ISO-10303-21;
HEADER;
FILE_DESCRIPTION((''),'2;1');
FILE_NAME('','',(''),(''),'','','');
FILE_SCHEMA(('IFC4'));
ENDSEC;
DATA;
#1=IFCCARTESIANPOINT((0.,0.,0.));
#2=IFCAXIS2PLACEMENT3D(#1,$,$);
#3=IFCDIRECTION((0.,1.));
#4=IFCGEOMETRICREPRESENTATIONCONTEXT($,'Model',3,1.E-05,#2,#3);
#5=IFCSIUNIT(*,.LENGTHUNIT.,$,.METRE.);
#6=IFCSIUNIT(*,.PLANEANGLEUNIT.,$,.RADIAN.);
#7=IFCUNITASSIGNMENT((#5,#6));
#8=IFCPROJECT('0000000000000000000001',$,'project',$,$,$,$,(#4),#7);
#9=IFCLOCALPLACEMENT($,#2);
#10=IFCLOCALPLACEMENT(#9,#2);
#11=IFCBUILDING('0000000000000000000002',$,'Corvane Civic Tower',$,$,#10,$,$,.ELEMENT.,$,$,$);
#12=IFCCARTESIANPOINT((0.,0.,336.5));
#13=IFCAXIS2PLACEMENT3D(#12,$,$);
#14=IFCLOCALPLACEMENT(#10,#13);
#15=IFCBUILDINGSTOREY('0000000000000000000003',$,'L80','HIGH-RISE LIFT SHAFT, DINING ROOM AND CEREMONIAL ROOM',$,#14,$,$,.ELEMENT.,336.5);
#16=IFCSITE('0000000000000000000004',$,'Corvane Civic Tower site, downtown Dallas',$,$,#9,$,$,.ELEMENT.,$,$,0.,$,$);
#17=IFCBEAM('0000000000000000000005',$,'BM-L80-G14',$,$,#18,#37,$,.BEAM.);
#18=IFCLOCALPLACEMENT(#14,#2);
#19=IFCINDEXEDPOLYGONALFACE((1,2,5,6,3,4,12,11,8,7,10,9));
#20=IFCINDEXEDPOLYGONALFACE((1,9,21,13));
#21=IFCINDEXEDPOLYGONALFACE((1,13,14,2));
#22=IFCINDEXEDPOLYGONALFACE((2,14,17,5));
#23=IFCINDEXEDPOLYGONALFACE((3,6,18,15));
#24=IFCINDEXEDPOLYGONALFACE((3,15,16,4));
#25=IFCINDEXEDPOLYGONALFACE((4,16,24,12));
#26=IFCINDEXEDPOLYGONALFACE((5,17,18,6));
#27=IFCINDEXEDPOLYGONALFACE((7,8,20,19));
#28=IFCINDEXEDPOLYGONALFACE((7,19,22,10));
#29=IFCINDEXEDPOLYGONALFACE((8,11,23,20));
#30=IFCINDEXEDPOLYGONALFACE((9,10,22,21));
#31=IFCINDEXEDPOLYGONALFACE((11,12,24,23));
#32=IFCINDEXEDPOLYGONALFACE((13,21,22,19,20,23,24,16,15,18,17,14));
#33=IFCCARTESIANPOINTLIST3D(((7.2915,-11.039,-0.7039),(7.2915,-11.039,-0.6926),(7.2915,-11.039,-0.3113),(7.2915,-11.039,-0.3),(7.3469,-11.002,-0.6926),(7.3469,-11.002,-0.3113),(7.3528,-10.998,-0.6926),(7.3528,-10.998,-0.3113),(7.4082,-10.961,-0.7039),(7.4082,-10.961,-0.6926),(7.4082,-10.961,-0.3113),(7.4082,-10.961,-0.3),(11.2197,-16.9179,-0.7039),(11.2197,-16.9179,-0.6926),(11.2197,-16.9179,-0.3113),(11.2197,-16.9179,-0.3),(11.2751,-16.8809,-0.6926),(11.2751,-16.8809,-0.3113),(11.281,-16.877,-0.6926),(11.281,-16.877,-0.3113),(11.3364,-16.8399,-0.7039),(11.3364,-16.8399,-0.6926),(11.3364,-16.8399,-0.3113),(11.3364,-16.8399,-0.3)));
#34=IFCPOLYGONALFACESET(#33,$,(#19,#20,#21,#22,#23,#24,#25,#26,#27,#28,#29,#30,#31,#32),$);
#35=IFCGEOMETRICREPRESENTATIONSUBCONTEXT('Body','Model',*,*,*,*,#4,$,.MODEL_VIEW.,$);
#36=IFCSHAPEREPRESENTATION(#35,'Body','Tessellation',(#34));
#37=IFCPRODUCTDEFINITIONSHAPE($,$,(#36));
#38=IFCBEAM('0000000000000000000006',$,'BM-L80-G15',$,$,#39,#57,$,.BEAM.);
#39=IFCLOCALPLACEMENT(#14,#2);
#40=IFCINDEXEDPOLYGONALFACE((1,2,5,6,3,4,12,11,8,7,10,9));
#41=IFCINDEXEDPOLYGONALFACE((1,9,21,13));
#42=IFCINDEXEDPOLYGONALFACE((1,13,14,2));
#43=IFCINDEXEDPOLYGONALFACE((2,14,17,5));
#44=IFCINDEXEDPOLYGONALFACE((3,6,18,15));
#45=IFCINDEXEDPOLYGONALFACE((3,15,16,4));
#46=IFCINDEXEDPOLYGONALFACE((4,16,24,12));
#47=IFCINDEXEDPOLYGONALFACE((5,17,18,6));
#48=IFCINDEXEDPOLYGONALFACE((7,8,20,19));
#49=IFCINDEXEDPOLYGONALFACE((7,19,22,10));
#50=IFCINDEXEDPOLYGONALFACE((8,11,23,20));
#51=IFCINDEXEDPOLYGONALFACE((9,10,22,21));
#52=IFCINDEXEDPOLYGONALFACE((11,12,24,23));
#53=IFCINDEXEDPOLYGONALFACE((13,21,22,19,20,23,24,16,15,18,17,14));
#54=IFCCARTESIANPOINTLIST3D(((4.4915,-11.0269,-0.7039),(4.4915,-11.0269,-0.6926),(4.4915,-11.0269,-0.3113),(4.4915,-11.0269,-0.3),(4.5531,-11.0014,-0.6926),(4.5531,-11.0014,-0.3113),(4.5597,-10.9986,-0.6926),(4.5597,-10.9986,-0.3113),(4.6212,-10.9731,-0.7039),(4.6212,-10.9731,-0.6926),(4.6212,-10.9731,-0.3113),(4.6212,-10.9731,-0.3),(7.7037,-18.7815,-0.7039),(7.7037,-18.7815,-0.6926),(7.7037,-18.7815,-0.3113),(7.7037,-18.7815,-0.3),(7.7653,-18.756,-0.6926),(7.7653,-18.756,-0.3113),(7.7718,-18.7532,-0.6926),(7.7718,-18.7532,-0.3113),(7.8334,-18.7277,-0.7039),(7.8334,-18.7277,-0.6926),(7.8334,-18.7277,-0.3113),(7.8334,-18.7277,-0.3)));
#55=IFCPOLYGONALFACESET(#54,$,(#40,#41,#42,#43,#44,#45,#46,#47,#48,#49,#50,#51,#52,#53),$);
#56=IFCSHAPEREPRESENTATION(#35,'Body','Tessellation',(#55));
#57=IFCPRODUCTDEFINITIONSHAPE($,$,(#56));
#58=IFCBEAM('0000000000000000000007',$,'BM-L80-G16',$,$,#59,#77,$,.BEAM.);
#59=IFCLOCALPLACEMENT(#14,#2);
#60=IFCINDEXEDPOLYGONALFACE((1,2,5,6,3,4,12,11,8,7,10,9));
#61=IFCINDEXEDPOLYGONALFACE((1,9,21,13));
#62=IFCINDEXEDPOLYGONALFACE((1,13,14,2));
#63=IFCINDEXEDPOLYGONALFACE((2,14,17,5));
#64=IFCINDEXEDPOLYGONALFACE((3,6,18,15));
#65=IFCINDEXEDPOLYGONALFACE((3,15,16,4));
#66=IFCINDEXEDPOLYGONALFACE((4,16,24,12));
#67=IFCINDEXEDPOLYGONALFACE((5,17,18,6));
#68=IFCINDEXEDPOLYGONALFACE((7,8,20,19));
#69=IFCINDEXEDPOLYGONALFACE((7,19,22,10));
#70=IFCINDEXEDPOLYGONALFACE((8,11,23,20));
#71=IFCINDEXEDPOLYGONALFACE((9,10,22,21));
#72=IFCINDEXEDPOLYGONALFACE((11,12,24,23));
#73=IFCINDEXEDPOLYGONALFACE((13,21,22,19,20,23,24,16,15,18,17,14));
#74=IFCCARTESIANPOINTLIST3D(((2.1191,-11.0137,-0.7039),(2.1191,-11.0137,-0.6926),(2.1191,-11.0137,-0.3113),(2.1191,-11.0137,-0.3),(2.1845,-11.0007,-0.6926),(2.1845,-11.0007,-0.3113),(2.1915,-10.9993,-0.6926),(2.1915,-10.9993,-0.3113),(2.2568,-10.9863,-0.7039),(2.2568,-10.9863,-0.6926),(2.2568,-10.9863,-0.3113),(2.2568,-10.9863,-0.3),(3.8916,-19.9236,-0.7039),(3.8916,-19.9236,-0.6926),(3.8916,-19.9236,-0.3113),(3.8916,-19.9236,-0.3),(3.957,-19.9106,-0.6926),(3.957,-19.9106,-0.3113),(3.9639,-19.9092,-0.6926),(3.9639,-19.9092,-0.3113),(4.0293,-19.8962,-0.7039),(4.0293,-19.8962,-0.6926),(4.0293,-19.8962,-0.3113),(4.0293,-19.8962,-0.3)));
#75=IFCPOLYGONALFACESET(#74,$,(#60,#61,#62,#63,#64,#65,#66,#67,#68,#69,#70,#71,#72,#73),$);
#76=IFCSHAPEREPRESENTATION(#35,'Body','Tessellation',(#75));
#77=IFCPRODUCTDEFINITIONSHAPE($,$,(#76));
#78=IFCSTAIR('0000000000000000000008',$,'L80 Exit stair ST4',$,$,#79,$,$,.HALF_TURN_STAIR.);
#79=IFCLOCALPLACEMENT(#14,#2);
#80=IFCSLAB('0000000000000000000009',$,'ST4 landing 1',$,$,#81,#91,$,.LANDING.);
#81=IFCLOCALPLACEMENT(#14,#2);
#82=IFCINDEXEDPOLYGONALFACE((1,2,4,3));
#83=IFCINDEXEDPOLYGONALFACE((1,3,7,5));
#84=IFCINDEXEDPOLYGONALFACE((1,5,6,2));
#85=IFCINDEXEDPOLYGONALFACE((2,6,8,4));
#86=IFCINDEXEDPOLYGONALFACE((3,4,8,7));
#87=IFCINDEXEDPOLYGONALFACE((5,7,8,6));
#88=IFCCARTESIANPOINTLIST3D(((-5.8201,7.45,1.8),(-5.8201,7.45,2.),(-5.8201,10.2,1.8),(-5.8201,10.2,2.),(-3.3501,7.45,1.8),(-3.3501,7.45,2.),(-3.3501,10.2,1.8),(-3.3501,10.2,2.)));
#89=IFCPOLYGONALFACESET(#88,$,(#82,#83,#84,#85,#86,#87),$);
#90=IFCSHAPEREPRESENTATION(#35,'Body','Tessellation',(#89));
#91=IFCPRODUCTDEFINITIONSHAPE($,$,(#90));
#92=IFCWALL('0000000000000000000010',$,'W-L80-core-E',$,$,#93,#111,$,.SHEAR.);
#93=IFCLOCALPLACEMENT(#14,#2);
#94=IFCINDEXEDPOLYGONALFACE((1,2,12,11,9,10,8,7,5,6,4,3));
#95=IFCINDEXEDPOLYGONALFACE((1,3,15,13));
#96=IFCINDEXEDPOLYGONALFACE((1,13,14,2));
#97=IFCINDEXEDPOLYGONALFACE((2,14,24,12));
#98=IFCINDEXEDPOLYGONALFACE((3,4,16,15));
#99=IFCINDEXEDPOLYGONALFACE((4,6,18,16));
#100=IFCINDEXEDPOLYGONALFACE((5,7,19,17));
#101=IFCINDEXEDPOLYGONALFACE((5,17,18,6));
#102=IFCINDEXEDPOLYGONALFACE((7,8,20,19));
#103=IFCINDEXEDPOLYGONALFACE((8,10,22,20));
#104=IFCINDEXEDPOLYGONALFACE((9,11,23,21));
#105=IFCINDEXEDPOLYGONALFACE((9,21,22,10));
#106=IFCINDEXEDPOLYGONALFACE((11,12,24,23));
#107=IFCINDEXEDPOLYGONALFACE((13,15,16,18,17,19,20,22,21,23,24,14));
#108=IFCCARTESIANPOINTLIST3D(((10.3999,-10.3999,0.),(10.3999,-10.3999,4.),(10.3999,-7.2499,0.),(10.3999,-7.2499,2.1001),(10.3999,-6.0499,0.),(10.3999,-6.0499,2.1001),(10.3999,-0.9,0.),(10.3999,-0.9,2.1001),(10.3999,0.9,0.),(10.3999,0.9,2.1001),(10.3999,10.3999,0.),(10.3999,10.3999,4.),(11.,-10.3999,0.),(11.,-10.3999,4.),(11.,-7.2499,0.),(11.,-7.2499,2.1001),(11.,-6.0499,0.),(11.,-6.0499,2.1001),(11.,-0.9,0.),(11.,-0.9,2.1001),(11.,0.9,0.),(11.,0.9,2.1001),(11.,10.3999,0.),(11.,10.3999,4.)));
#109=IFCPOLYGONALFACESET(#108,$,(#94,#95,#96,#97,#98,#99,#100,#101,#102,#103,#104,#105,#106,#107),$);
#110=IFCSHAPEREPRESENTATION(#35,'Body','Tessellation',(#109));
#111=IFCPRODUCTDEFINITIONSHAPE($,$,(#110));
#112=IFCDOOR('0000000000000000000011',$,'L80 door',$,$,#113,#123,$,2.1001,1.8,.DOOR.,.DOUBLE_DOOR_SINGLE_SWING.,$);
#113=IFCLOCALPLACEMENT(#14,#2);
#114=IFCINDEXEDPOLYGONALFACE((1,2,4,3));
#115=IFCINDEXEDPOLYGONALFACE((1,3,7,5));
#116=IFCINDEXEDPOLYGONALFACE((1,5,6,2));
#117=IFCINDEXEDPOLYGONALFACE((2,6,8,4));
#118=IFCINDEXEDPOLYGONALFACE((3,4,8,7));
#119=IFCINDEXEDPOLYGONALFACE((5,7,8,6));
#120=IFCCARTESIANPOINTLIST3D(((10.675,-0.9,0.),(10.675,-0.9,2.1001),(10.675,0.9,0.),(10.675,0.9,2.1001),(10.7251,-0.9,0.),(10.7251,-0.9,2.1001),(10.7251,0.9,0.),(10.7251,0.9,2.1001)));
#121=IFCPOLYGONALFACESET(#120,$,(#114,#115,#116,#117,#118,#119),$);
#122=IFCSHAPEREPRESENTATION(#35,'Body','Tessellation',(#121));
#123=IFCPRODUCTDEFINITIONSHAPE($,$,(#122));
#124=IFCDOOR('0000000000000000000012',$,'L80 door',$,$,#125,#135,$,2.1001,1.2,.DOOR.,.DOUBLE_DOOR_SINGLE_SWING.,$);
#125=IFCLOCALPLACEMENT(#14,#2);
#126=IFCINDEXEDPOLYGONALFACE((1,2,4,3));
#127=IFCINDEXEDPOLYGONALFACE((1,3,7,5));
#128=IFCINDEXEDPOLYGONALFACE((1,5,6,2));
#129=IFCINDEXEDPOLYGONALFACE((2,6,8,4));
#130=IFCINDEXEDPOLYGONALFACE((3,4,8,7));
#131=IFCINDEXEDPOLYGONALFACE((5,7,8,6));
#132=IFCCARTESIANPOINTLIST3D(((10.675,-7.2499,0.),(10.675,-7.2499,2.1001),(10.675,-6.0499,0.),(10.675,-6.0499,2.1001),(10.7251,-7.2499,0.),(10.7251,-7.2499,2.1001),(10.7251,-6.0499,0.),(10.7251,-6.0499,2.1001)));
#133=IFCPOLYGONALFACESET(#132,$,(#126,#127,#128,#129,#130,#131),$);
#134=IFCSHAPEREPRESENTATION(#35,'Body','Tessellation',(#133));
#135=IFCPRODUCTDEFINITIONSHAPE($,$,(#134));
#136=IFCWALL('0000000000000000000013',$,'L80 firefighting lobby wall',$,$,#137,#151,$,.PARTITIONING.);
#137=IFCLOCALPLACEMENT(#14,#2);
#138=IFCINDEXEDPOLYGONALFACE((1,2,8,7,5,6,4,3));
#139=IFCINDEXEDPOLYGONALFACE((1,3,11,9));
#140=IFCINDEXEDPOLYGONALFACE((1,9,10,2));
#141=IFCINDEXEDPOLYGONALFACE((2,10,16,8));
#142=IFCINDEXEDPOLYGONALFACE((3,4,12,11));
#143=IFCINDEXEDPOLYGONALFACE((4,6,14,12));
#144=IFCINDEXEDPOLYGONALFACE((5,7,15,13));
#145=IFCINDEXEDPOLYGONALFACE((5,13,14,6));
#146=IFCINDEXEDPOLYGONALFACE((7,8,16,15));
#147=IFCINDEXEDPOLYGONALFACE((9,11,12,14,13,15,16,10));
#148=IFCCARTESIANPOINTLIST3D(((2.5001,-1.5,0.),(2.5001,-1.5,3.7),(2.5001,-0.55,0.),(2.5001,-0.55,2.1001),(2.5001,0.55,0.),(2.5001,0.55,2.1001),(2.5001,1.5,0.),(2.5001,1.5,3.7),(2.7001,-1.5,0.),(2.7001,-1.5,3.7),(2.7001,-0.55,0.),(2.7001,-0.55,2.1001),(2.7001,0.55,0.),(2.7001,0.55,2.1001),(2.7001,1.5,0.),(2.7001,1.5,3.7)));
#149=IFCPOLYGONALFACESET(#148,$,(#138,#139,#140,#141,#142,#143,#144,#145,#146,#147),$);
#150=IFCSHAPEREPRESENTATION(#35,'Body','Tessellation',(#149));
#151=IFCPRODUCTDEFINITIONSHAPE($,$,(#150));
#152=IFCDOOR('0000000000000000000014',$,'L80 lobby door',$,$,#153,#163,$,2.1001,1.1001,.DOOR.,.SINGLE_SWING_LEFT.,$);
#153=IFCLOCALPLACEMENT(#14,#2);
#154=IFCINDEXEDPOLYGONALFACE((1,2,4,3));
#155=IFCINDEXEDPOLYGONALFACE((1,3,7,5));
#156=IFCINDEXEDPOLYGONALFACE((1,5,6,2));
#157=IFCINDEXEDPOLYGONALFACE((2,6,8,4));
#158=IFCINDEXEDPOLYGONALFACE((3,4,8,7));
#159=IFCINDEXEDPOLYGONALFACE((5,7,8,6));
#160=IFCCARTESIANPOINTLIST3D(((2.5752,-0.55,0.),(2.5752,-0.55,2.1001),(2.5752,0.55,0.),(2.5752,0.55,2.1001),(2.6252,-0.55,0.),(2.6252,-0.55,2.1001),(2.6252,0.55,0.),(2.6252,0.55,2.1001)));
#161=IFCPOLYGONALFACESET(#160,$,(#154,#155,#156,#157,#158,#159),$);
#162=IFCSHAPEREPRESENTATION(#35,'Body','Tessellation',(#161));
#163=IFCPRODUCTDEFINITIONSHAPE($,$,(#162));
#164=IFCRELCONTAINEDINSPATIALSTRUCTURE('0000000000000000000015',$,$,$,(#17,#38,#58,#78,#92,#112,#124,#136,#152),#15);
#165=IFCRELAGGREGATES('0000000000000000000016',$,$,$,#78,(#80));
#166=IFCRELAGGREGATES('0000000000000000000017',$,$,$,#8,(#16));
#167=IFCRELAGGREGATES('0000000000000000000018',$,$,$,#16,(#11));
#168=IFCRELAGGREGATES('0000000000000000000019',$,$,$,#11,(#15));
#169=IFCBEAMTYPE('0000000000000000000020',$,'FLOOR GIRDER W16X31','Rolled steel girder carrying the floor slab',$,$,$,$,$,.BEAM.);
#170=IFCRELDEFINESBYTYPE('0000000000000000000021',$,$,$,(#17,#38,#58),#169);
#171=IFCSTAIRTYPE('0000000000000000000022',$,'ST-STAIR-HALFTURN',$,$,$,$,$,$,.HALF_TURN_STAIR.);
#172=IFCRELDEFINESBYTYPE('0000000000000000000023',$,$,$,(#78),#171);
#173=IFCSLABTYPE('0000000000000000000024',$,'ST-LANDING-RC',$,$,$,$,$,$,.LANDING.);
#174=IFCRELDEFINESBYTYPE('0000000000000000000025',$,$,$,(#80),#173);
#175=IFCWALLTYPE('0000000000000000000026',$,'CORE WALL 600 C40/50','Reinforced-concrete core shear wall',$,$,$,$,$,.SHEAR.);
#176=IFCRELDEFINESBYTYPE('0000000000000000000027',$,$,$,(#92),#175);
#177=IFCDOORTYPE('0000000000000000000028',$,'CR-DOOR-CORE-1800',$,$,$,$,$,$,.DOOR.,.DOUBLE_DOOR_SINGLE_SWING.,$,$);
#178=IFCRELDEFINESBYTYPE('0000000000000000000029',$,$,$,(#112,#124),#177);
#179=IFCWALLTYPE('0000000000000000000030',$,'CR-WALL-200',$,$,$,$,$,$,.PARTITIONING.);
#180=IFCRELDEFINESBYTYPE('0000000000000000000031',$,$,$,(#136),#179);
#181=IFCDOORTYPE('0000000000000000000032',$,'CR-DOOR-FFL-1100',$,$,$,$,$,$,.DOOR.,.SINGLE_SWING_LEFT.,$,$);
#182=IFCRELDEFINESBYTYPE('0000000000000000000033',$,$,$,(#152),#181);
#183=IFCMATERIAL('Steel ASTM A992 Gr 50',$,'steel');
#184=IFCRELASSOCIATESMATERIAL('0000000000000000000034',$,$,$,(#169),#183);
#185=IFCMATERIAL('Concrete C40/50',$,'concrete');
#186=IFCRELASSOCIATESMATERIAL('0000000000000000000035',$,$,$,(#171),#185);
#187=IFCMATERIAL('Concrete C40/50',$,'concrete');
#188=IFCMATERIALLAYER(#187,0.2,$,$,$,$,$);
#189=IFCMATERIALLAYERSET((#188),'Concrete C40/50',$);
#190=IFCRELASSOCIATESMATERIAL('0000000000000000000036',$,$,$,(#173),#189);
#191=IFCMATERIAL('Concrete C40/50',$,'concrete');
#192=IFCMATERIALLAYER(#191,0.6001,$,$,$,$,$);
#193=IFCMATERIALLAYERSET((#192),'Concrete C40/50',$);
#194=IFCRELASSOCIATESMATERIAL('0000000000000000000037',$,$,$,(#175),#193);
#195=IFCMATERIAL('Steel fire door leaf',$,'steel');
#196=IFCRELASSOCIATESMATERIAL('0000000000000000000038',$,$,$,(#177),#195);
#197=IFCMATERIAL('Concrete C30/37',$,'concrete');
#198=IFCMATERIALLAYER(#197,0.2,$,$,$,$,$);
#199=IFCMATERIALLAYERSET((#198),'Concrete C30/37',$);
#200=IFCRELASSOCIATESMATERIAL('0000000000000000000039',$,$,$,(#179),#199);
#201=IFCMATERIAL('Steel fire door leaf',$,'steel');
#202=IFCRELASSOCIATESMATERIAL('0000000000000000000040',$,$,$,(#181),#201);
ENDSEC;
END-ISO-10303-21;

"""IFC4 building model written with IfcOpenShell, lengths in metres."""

from ifc_helpers import new_model, si_unit, direction, frame, frame_2d, origin, origin_2d, place, context, subcontext, project, spatial, polyline, rectangle, i_section, outline, extrude, material, layer, layer_set, material_profile, profile_set, type_object, element, fill, aggregate, save


model = new_model("IFC4")

# Units and contexts
model_context = context("Model", 3, precision=1e-05, world=origin(), true_north=direction((0.0, 1.0)))
body_context = subcontext(model_context, "Body", "Model", "MODEL_VIEW")
ifc_project = project(units=[si_unit("LENGTHUNIT", "METRE"), si_unit("PLANEANGLEUNIT", "RADIAN")], contexts=[model_context])

# Site, building, storey
site_placement = place(None, origin())
site = spatial("IfcSite", under=ifc_project, at=site_placement, Name="Corvane Civic Tower site, downtown Dallas", CompositionType="ELEMENT", RefElevation=0.0)
building_placement = place(site_placement, origin())
building = spatial("IfcBuilding", under=site, at=building_placement, Name="Corvane Civic Tower", CompositionType="ELEMENT")
storey_placement = place(building_placement, frame((0.0, 0.0, 336.5)))
storey = spatial("IfcBuildingStorey", under=building, at=storey_placement, Name="L80", Description="HIGH-RISE LIFT SHAFT, DINING ROOM AND CEREMONIAL ROOM", CompositionType="ELEMENT", Elevation=336.5)

# Beams
ifc_material_1 = material(Name="Steel ASTM A992 Gr 50", Category="steel")
ifc_material_profile = material_profile(ifc_material_1, i_section(OverallWidth=0.1404, OverallDepth=0.4038, WebThickness=0.0071, FlangeThickness=0.0112, at=origin_2d()), Name="W16X31")
ifc_profile_set = profile_set([ifc_material_profile], Name="Steel ASTM A992 Gr 50")
beam_type = type_object("IfcBeamType", Name="FLOOR GIRDER W16X31", Description="Rolled steel girder carrying the floor slab", PredefinedType="BEAM", material=ifc_profile_set)
beam_1_placement = place(storey_placement, frame((7.3499, -11.0, -0.502), z_axis=(0.555576, -0.831465, 0.0), x_axis=(0.831465, 0.555576, 0.0)))
element("IfcBeam", 1, at=beam_1_placement, inside=storey, type_object=beam_type, Name="BM-L80-G14", PredefinedType="BEAM", context=body_context, shape_type="SweptSolid", body=[
    extrude(i_section(OverallWidth=0.1404, OverallDepth=0.4038, WebThickness=0.0071, FlangeThickness=0.0112, at=origin_2d()), origin(), (0.0, 0.0, 1.0), 7.0706),
])
beam_2_placement = place(storey_placement, frame((4.5564, -11.0, -0.502), z_axis=(0.382692, -0.923876, 0.0), x_axis=(0.923876, 0.382692, 0.0)))
element("IfcBeam", 2, at=beam_2_placement, inside=storey, type_object=beam_type, Name="BM-L80-G15", PredefinedType="BEAM", context=body_context, shape_type="SweptSolid", body=[
    extrude(i_section(OverallWidth=0.1404, OverallDepth=0.4038, WebThickness=0.0071, FlangeThickness=0.0112, at=origin_2d()), origin(), (0.0, 0.0, 1.0), 8.3936),
])
beam_3_placement = place(storey_placement, frame((2.188, -11.0, -0.502), z_axis=(0.195108, -0.980782, 0.0), x_axis=(0.980782, 0.195108, 0.0)))
element("IfcBeam", 3, at=beam_3_placement, inside=storey, type_object=beam_type, Name="BM-L80-G16", PredefinedType="BEAM", context=body_context, shape_type="SweptSolid", body=[
    extrude(i_section(OverallWidth=0.1404, OverallDepth=0.4038, WebThickness=0.0071, FlangeThickness=0.0112, at=origin_2d()), origin(), (0.0, 0.0, 1.0), 9.0845),
])

# Stair, slab
ifc_material_2 = material(Name="Concrete C40/50", Category="concrete")
stair_type = type_object("IfcStairType", Name="ST-STAIR-HALFTURN", PredefinedType="HALF_TURN_STAIR", material=ifc_material_2)
stair_1_placement = place(storey_placement, origin())
stair_1 = element("IfcStair", 4, at=stair_1_placement, inside=storey, type_object=stair_type, Name="L80 Exit stair ST4", PredefinedType="HALF_TURN_STAIR")
ifc_material_3 = material(Name="Concrete C40/50", Category="concrete")
ifc_layer_1 = layer(ifc_material_3, 0.2)
ifc_layer_set_1 = layer_set([ifc_layer_1], Name="Concrete C40/50")
slab_type = type_object("IfcSlabType", Name="ST-LANDING-RC", PredefinedType="LANDING", material=ifc_layer_set_1)
slab_placement = place(storey_placement, frame((0.0, 0.0, 1.8)))
slab = element("IfcSlab", 5, at=slab_placement, type_object=slab_type, Name="ST4 landing 1", PredefinedType="LANDING", context=body_context, shape_type="SweptSolid", body=[
    extrude(outline(polyline([(-5.8201, 7.45), (-3.3501, 7.45), (-3.3501, 10.2), (-5.8201, 10.2), (-5.8201, 7.45)])), origin(), (0.0, 0.0, 1.0), 0.2),
])
aggregate(stair_1, [slab])

# Wall, openings, doors
ifc_material_4 = material(Name="Concrete C40/50", Category="concrete")
ifc_layer_2 = layer(ifc_material_4, 0.6001)
ifc_layer_set_2 = layer_set([ifc_layer_2], Name="Concrete C40/50")
wall_type_1 = type_object("IfcWallType", Name="CORE WALL 600 C40/50", Description="Reinforced-concrete core shear wall", PredefinedType="SHEAR", material=ifc_layer_set_2)
wall_1_placement = place(storey_placement, frame((10.7, -10.3999, 0.0), z_axis=(0.0, 0.0, 1.0), x_axis=(0.0, 1.0, 0.0)))
wall_1 = element("IfcWall", 6, at=wall_1_placement, inside=storey, type_object=wall_type_1, Name="W-L80-core-E", PredefinedType="SHEAR", context=body_context, shape_type="SweptSolid", body=[
    extrude(rectangle(XDim=20.7998, YDim=0.6001, at=frame_2d((10.3999, 0.0))), origin(), (0.0, 0.0, 1.0), 4.0),
])
opening_1_placement = place(wall_1_placement, frame((9.5, 0.0, 0.0)))
opening_1 = element("IfcOpeningElement", 7, at=opening_1_placement, cuts=wall_1, PredefinedType="OPENING", context=body_context, shape_type="SweptSolid", body=[
    extrude(rectangle(XDim=1.8, YDim=2.1001, at=frame_2d((0.8999, 1.05))), frame((0.0, 0.3101, 0.0), z_axis=(0.0, -1.0, 0.0), x_axis=(1.0, 0.0, 0.0)), (0.0, 0.0, 1.0), 0.6201),
])
opening_2_placement = place(wall_1_placement, frame((3.1499, 0.0, 0.0)))
opening_2 = element("IfcOpeningElement", 8, at=opening_2_placement, cuts=wall_1, PredefinedType="OPENING", context=body_context, shape_type="SweptSolid", body=[
    extrude(rectangle(XDim=1.2, YDim=2.1001, at=frame_2d((0.6001, 1.05))), frame((0.0, 0.3101, 0.0), z_axis=(0.0, -1.0, 0.0), x_axis=(1.0, 0.0, 0.0)), (0.0, 0.0, 1.0), 0.6201),
])
ifc_material_5 = material(Name="Steel fire door leaf", Category="steel")
door_type_1 = type_object("IfcDoorType", Name="CR-DOOR-CORE-1800", OperationType="DOUBLE_DOOR_SINGLE_SWING", PredefinedType="DOOR", material=ifc_material_5)
door_1_placement = place(opening_1_placement, origin())
door_1 = element("IfcDoor", 9, at=door_1_placement, inside=storey, type_object=door_type_1, Name="L80 door", OperationType="DOUBLE_DOOR_SINGLE_SWING", OverallHeight=2.1001, OverallWidth=1.8, PredefinedType="DOOR", context=body_context, shape_type="SweptSolid", body=[
    extrude(rectangle(XDim=1.8, YDim=2.1001, at=frame_2d((0.8999, 1.05))), frame((0.0, 0.0249, 0.0), z_axis=(0.0, -1.0, 0.0), x_axis=(1.0, 0.0, 0.0)), (0.0, 0.0, 1.0), 0.05),
])
fill(opening_1, door_1)
door_2_placement = place(opening_2_placement, origin())
door_2 = element("IfcDoor", 10, at=door_2_placement, inside=storey, type_object=door_type_1, Name="L80 door", OperationType="DOUBLE_DOOR_SINGLE_SWING", OverallHeight=2.1001, OverallWidth=1.2, PredefinedType="DOOR", context=body_context, shape_type="SweptSolid", body=[
    extrude(rectangle(XDim=1.2, YDim=2.1001, at=frame_2d((0.6001, 1.05))), frame((0.0, 0.0249, 0.0), z_axis=(0.0, -1.0, 0.0), x_axis=(1.0, 0.0, 0.0)), (0.0, 0.0, 1.0), 0.05),
])
fill(opening_2, door_2)

# Wall, opening, door
ifc_material_6 = material(Name="Concrete C30/37", Category="concrete")
ifc_layer_3 = layer(ifc_material_6, 0.2)
ifc_layer_set_3 = layer_set([ifc_layer_3], Name="Concrete C30/37")
wall_type_2 = type_object("IfcWallType", Name="CR-WALL-200", PredefinedType="PARTITIONING", material=ifc_layer_set_3)
wall_2_placement = place(storey_placement, frame((2.6001, -1.5, 0.0), z_axis=(0.0, 0.0, 1.0), x_axis=(0.0, 1.0, 0.0)))
wall_2 = element("IfcWall", 11, at=wall_2_placement, inside=storey, type_object=wall_type_2, Name="L80 firefighting lobby wall", PredefinedType="PARTITIONING", context=body_context, shape_type="SweptSolid", body=[
    extrude(rectangle(XDim=3.0, YDim=0.2, at=frame_2d((1.5, 0.0))), origin(), (0.0, 0.0, 1.0), 3.7),
])
opening_3_placement = place(wall_2_placement, frame((0.95, 0.0, 0.0)))
opening_3 = element("IfcOpeningElement", 12, at=opening_3_placement, cuts=wall_2, PredefinedType="OPENING", context=body_context, shape_type="SweptSolid", body=[
    extrude(rectangle(XDim=1.1001, YDim=2.1001, at=frame_2d((0.55, 1.05))), frame((0.0, 0.1099, 0.0), z_axis=(0.0, -1.0, 0.0), x_axis=(1.0, 0.0, 0.0)), (0.0, 0.0, 1.0), 0.22),
])
ifc_material_7 = material(Name="Steel fire door leaf", Category="steel")
door_type_2 = type_object("IfcDoorType", Name="CR-DOOR-FFL-1100", OperationType="SINGLE_SWING_LEFT", PredefinedType="DOOR", material=ifc_material_7)
door_3_placement = place(opening_3_placement, origin())
door_3 = element("IfcDoor", 13, at=door_3_placement, inside=storey, type_object=door_type_2, Name="L80 lobby door", OperationType="SINGLE_SWING_LEFT", OverallHeight=2.1001, OverallWidth=1.1001, PredefinedType="DOOR", context=body_context, shape_type="SweptSolid", body=[
    extrude(rectangle(XDim=1.1001, YDim=2.1001, at=frame_2d((0.55, 1.05))), frame((0.0, 0.0249, 0.0), z_axis=(0.0, -1.0, 0.0), x_axis=(1.0, 0.0, 0.0)), (0.0, 0.0, 1.0), 0.05),
])
fill(opening_3, door_3)

save(model, "model.ifc")
